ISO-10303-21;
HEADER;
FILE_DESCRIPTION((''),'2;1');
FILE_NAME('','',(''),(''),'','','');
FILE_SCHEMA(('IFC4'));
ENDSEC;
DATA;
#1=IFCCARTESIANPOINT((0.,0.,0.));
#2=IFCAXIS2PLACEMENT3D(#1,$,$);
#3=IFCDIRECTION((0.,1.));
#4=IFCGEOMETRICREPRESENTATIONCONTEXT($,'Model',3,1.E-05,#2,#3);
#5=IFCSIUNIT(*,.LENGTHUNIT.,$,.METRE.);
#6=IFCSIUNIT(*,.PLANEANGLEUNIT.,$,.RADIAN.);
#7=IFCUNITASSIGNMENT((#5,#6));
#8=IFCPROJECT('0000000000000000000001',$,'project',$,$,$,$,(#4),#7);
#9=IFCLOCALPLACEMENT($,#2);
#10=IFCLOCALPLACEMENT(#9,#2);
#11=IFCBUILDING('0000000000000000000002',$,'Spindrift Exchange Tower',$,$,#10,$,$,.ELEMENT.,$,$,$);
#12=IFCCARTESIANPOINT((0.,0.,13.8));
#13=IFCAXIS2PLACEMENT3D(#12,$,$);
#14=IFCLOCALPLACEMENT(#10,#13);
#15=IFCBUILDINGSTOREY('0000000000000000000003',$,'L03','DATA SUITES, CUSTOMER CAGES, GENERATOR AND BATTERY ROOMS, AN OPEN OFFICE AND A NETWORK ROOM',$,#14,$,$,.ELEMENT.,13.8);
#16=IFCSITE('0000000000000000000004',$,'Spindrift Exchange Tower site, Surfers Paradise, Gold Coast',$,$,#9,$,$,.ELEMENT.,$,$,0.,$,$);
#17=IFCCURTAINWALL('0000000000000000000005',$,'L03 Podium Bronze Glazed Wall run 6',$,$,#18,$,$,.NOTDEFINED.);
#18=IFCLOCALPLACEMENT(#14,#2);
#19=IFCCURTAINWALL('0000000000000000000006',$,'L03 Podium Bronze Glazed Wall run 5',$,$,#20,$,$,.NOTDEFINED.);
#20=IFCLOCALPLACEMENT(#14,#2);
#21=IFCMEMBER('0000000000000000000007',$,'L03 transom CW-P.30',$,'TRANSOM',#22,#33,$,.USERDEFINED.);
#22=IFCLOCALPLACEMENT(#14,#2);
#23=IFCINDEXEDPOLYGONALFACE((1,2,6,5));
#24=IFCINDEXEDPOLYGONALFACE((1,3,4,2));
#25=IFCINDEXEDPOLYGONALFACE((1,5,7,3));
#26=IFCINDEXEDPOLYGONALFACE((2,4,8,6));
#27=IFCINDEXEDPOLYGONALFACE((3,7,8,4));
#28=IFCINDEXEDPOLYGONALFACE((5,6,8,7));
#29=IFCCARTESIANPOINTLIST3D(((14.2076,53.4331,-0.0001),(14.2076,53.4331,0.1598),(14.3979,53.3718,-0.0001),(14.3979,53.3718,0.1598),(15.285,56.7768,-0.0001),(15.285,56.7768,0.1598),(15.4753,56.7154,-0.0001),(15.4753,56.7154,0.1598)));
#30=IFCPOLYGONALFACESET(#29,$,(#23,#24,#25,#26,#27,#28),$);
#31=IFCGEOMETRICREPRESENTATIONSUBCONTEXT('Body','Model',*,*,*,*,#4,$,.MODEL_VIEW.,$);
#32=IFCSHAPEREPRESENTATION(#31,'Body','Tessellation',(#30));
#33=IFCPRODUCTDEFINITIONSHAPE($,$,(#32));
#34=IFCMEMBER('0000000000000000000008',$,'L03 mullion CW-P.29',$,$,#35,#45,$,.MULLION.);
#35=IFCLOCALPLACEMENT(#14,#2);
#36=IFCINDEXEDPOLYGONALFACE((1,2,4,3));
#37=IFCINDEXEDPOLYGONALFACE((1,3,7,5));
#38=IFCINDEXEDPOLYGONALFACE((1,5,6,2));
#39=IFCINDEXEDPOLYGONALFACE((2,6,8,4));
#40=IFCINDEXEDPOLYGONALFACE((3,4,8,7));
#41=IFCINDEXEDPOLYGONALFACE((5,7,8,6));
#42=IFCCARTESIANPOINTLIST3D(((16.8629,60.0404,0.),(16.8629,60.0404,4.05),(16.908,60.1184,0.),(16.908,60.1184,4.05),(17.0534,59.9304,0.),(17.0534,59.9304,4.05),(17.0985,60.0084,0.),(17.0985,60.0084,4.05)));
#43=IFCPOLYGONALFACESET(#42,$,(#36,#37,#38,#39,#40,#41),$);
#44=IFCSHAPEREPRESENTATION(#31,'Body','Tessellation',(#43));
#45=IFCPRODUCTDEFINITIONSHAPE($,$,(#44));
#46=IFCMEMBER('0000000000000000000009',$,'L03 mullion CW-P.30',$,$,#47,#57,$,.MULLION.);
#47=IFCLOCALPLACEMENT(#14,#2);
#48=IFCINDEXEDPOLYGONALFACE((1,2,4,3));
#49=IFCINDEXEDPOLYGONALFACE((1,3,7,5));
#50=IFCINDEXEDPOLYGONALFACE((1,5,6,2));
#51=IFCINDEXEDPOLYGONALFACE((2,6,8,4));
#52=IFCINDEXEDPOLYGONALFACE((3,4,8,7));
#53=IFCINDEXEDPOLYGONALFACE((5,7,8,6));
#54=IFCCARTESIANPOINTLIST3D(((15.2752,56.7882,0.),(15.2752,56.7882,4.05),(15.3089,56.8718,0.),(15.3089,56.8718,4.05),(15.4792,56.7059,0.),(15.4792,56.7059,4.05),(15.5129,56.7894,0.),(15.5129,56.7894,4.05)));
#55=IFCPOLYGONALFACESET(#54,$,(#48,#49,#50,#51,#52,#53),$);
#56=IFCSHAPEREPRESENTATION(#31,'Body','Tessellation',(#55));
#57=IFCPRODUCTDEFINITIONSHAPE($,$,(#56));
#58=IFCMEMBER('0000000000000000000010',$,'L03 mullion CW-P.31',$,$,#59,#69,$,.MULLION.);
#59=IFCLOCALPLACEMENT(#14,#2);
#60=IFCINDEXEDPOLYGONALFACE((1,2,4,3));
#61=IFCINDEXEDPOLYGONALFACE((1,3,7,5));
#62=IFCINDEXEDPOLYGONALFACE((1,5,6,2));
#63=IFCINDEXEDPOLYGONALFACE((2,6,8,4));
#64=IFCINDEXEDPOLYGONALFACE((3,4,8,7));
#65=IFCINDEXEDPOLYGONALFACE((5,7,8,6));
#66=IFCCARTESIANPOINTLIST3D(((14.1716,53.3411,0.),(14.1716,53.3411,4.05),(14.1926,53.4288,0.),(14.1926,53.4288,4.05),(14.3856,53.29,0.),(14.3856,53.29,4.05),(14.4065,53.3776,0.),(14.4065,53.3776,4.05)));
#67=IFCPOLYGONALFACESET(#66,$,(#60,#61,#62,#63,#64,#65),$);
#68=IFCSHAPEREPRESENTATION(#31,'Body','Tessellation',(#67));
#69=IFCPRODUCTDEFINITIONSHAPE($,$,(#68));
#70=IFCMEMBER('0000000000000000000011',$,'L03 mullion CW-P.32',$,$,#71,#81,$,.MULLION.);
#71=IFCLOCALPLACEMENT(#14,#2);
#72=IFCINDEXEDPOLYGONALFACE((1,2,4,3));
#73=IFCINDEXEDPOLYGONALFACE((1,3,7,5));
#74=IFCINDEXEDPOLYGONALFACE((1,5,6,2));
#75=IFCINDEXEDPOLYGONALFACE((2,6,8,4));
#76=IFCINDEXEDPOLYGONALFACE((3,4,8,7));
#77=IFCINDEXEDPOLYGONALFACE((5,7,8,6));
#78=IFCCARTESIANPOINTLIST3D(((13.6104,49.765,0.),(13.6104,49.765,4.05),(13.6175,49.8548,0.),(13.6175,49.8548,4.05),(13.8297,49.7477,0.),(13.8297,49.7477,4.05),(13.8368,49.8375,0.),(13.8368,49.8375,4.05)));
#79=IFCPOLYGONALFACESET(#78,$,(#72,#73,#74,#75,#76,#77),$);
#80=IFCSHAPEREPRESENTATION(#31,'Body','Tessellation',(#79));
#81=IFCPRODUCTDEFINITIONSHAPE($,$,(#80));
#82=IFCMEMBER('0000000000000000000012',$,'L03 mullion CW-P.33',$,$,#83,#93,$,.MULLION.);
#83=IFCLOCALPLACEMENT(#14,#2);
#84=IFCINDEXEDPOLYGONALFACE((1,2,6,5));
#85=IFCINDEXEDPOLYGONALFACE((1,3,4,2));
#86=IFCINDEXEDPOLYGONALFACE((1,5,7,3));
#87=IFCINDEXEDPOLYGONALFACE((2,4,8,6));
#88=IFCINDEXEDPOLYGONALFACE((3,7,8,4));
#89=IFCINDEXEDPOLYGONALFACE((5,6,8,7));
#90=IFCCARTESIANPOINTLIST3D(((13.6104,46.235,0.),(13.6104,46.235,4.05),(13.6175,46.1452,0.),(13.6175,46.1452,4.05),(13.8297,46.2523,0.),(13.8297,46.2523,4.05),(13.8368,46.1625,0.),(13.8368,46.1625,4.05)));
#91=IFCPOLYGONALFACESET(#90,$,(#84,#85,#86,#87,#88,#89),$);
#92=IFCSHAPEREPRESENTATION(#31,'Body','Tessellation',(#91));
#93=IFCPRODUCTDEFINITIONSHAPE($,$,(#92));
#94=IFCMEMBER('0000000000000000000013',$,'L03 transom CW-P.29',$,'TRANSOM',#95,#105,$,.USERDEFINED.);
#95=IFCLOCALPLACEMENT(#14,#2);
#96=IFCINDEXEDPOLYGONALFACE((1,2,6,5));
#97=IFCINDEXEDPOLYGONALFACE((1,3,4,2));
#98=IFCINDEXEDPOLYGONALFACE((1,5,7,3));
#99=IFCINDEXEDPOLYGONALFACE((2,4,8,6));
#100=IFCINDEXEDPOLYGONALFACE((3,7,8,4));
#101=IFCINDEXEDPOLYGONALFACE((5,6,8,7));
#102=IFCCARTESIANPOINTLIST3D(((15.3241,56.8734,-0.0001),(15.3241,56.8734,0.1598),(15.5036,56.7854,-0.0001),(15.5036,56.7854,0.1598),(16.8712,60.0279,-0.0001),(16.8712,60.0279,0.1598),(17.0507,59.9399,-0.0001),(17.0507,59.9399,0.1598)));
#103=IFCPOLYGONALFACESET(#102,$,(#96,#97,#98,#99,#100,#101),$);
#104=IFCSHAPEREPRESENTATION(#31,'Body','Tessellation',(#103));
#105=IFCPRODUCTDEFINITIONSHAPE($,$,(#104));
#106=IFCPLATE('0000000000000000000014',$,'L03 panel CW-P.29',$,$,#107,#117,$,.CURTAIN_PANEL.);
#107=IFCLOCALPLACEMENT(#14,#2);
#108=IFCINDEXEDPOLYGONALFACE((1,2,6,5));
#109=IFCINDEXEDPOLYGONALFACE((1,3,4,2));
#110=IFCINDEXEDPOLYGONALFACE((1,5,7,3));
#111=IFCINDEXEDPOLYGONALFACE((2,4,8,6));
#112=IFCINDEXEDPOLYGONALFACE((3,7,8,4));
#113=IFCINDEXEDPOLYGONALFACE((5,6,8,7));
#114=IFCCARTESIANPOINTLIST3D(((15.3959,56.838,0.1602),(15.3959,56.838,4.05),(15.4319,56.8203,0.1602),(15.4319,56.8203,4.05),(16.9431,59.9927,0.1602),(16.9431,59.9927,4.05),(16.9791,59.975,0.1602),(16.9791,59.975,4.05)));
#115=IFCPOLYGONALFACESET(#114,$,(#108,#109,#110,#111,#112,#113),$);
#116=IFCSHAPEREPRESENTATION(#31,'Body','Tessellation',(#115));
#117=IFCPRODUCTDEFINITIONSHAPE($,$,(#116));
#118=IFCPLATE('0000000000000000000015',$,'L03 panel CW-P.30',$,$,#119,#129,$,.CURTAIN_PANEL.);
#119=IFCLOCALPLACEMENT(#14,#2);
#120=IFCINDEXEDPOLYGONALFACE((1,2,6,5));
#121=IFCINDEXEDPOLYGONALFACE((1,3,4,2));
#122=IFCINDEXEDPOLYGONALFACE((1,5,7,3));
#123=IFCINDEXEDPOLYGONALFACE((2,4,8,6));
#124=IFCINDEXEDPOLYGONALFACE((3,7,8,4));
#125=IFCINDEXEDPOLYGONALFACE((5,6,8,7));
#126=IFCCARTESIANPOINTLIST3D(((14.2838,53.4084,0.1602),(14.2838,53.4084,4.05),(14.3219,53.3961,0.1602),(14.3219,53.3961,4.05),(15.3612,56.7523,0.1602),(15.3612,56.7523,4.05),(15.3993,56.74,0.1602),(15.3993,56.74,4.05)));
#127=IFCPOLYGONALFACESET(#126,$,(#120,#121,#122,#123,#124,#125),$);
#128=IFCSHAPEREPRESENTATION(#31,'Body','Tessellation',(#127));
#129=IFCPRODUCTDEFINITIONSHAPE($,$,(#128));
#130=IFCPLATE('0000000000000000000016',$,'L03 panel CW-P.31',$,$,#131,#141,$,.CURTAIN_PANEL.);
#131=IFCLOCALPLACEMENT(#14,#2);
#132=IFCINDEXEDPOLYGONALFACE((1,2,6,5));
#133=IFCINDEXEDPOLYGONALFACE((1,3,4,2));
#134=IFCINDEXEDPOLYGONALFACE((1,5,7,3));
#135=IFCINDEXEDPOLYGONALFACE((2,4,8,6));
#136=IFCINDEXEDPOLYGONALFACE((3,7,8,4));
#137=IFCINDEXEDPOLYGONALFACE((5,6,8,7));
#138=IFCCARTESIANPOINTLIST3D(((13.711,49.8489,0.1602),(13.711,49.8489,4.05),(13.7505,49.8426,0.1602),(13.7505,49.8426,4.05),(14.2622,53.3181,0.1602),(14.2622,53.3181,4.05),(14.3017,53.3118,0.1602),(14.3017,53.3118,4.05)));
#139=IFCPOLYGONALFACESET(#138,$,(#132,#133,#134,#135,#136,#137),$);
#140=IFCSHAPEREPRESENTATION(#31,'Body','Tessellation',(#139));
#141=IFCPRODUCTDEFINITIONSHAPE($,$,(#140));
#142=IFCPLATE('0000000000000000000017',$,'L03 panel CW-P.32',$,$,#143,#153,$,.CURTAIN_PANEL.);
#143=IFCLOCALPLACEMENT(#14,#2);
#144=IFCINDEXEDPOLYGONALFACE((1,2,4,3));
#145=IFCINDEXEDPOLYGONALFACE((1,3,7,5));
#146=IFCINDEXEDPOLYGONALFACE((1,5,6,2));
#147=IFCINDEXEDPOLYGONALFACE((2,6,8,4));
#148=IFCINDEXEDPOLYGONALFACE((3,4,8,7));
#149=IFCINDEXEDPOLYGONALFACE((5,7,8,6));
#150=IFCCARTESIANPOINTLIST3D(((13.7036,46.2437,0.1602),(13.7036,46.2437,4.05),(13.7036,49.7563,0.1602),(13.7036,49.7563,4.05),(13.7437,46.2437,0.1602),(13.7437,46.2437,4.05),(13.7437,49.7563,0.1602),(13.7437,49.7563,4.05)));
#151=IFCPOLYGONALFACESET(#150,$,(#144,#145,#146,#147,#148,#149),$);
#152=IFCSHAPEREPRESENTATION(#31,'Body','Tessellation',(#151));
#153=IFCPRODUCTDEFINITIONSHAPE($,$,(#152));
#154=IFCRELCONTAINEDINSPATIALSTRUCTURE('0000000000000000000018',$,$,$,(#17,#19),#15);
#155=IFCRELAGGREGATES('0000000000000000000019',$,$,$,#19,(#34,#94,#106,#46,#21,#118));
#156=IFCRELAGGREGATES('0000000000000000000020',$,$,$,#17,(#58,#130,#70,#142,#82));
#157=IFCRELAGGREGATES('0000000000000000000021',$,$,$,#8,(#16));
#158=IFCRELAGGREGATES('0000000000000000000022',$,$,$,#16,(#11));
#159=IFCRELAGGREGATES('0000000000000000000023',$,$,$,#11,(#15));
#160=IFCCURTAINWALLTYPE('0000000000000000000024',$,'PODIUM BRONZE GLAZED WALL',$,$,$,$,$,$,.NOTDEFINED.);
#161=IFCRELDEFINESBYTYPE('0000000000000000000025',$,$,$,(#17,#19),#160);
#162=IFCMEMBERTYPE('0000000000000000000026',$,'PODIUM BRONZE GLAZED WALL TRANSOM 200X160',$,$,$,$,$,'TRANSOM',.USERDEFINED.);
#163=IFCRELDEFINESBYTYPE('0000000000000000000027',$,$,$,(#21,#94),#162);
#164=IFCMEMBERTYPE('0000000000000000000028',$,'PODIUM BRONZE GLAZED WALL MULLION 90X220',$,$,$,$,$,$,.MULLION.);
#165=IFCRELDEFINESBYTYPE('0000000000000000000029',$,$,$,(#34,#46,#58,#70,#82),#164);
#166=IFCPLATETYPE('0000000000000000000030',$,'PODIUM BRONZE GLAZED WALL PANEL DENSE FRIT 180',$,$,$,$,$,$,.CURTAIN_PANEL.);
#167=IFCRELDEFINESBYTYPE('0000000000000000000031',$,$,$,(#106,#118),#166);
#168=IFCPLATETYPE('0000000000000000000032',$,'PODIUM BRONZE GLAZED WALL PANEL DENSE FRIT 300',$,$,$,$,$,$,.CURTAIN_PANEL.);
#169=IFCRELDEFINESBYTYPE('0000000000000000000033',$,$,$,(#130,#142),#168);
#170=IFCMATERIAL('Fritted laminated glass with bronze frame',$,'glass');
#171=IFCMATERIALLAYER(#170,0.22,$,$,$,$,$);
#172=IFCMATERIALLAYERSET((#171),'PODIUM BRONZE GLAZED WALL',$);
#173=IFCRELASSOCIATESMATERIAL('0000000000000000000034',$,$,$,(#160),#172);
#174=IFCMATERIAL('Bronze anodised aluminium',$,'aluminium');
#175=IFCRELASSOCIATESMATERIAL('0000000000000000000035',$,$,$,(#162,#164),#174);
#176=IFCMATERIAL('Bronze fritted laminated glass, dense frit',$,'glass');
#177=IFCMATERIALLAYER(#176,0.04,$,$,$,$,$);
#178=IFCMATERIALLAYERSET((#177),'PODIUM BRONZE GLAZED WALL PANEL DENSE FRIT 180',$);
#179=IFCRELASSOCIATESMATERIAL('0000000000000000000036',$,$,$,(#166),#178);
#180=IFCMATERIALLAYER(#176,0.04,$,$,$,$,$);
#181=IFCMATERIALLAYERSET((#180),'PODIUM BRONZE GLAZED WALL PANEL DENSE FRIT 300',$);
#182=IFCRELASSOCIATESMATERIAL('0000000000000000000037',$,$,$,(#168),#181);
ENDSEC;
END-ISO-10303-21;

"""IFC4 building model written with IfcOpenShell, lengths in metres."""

from ifc_helpers import new_model, si_unit, direction, frame, origin, origin_2d, place, context, subcontext, project, spatial, rectangle, extrude, source, transform, mapped, material, layer, layer_set, material_profile, profile_set, type_object, element, aggregate, save


model = new_model("IFC4")

# Units and contexts
model_context = context("Model", 3, precision=1e-05, world=origin(), true_north=direction((0.0, 1.0)))
body_context = subcontext(model_context, "Body", "Model", "MODEL_VIEW")
ifc_project = project(units=[si_unit("LENGTHUNIT", "METRE"), si_unit("PLANEANGLEUNIT", "RADIAN")], contexts=[model_context])

# Site, building, storey
site_placement = place(None, origin())
site = spatial("IfcSite", under=ifc_project, at=site_placement, Name="Spindrift Exchange Tower site, Surfers Paradise, Gold Coast", CompositionType="ELEMENT", RefElevation=0.0)
building_placement = place(site_placement, origin())
building = spatial("IfcBuilding", under=site, at=building_placement, Name="Spindrift Exchange Tower", CompositionType="ELEMENT")
storey_placement = place(building_placement, frame((0.0, 0.0, 13.8)))
storey = spatial("IfcBuildingStorey", under=building, at=storey_placement, Name="L03", Description="DATA SUITES, CUSTOMER CAGES, GENERATOR AND BATTERY ROOMS, AN OPEN OFFICE AND A NETWORK ROOM", CompositionType="ELEMENT", Elevation=13.8)

# Curtain walls, members
ifc_material_1 = material(Name="Fritted laminated glass with bronze frame", Category="glass")
ifc_layer_1 = layer(ifc_material_1, 0.22)
ifc_layer_set_1 = layer_set([ifc_layer_1], Name="PODIUM BRONZE GLAZED WALL")
curtain_wall_type = type_object("IfcCurtainWallType", Name="PODIUM BRONZE GLAZED WALL", PredefinedType="NOTDEFINED", material=ifc_layer_set_1)
curtain_wall_1_placement = place(storey_placement, origin())
curtain_wall_1 = element("IfcCurtainWall", 1, at=curtain_wall_1_placement, inside=storey, type_object=curtain_wall_type, Name="L03 Podium Bronze Glazed Wall run 6", PredefinedType="NOTDEFINED")
ifc_material_2 = material(Name="Bronze anodised aluminium", Category="aluminium")
ifc_material_profile_1 = material_profile(ifc_material_2, rectangle(XDim=0.2, YDim=0.1599, at=origin_2d()), Name="PODIUM BRONZE GLAZED WALL TRANSOM 200X160")
ifc_profile_set_1 = profile_set([ifc_material_profile_1], Name="Bronze anodised aluminium")
member_type_1 = type_object("IfcMemberType", Name="PODIUM BRONZE GLAZED WALL TRANSOM 200X160", ElementType="TRANSOM", PredefinedType="USERDEFINED", material=ifc_profile_set_1)
curtain_wall_2_placement = place(storey_placement, origin())
curtain_wall_2 = element("IfcCurtainWall", 2, at=curtain_wall_2_placement, inside=storey, type_object=curtain_wall_type, Name="L03 Podium Bronze Glazed Wall run 5", PredefinedType="NOTDEFINED")
shared_shape_1 = source(origin(), body_context, "Body", "SweptSolid", [
    extrude(rectangle(XDim=0.2, YDim=0.1599, at=origin_2d()), origin(), (0.0, 0.0, 1.0), 3.5129),
])
member_1_placement = place(storey_placement, frame((15.3801, 56.7461, 0.0798), z_axis=(-0.306684, -0.951811, 0.0), x_axis=(0.951811, -0.306684, 0.0)))
member_1 = element("IfcMember", 3, at=member_1_placement, type_object=member_type_1, Name="L03 transom CW-P.30", ObjectType="TRANSOM", PredefinedType="USERDEFINED", context=body_context, shape_type="MappedRepresentation", body=[
    mapped(shared_shape_1, transform((0.0, 0.0, 0.0), scale=1.0)),
])
ifc_material_profile_2 = material_profile(ifc_material_2, rectangle(XDim=0.0901, YDim=0.22, at=origin_2d()), Name="PODIUM BRONZE GLAZED WALL MULLION 90X220")
ifc_profile_set_2 = profile_set([ifc_material_profile_2], Name="Bronze anodised aluminium")
member_type_2 = type_object("IfcMemberType", Name="PODIUM BRONZE GLAZED WALL MULLION 90X220", PredefinedType="MULLION", material=ifc_profile_set_2)
shared_shape_2 = source(origin(), body_context, "Body", "SweptSolid", [
    extrude(rectangle(XDim=0.0901, YDim=0.22, at=origin_2d()), origin(), (0.0, 0.0, 1.0), 4.05),
])
member_2_placement = place(storey_placement, frame((16.9807, 60.0244, 0.0), z_axis=(0.0, 0.0, 1.0), x_axis=(-0.5003, -0.865852, 0.0)))
member_2 = element("IfcMember", 4, at=member_2_placement, type_object=member_type_2, Name="L03 mullion CW-P.29", PredefinedType="MULLION", context=body_context, shape_type="MappedRepresentation", body=[
    mapped(shared_shape_2, transform((0.0, 0.0, 0.0), scale=1.0)),
])
member_3_placement = place(storey_placement, frame((15.394, 56.7888, 0.0), z_axis=(0.0, 0.0, 1.0), x_axis=(-0.374483, -0.927234, 0.0)))
member_3 = element("IfcMember", 5, at=member_3_placement, type_object=member_type_2, Name="L03 mullion CW-P.30", PredefinedType="MULLION", context=body_context, shape_type="MappedRepresentation", body=[
    mapped(shared_shape_2, transform((0.0, 0.0, 0.0), scale=1.0)),
])

# Members
member_4_placement = place(storey_placement, frame((14.2891, 53.3594, 0.0), z_axis=(0.0, 0.0, 1.0), x_axis=(-0.232484, -0.9726, 0.0)))
member_4 = element("IfcMember", 6, at=member_4_placement, type_object=member_type_2, Name="L03 mullion CW-P.31", PredefinedType="MULLION", context=body_context, shape_type="MappedRepresentation", body=[
    mapped(shared_shape_2, transform((0.0, 0.0, 0.0), scale=1.0)),
])
member_5_placement = place(storey_placement, frame((13.7236, 49.8013, 0.0), z_axis=(0.0, 0.0, 1.0), x_axis=(-0.078699, -0.996898, 0.0)))
member_5 = element("IfcMember", 7, at=member_5_placement, type_object=member_type_2, Name="L03 mullion CW-P.32", PredefinedType="MULLION", context=body_context, shape_type="MappedRepresentation", body=[
    mapped(shared_shape_2, transform((0.0, 0.0, 0.0), scale=1.0)),
])
member_6_placement = place(storey_placement, frame((13.7236, 46.1987, 0.0), z_axis=(0.0, 0.0, 1.0), x_axis=(0.078699, -0.996898, 0.0)))
member_6 = element("IfcMember", 8, at=member_6_placement, type_object=member_type_2, Name="L03 mullion CW-P.33", PredefinedType="MULLION", context=body_context, shape_type="MappedRepresentation", body=[
    mapped(shared_shape_2, transform((0.0, 0.0, 0.0), scale=1.0)),
])
shared_shape_3 = source(origin(), body_context, "Body", "SweptSolid", [
    extrude(rectangle(XDim=0.2, YDim=0.1599, at=origin_2d()), origin(), (0.0, 0.0, 1.0), 3.5134),
])
member_7_placement = place(storey_placement, frame((16.9609, 59.9839, 0.0798), z_axis=(-0.440335, -0.897833, 0.0), x_axis=(0.897833, -0.440335, 0.0)))
member_7 = element("IfcMember", 9, at=member_7_placement, type_object=member_type_1, Name="L03 transom CW-P.29", ObjectType="TRANSOM", PredefinedType="USERDEFINED", context=body_context, shape_type="MappedRepresentation", body=[
    mapped(shared_shape_3, transform((0.0, 0.0, 0.0), scale=1.0)),
])

# Plates
ifc_material_3 = material(Name="Bronze fritted laminated glass, dense frit", Category="glass")
ifc_layer_2 = layer(ifc_material_3, 0.04)
ifc_layer_set_2 = layer_set([ifc_layer_2], Name="PODIUM BRONZE GLAZED WALL PANEL DENSE FRIT 180")
plate_type_1 = type_object("IfcPlateType", Name="PODIUM BRONZE GLAZED WALL PANEL DENSE FRIT 180", PredefinedType="CURTAIN_PANEL", material=ifc_layer_set_2)
shared_shape_4 = source(origin(), body_context, "Body", "SweptSolid", [
    extrude(rectangle(XDim=3.5137, YDim=0.04, at=origin_2d()), origin(), (0.0, 0.0, 1.0), 3.8899),
])
plate_1_placement = place(storey_placement, frame((16.1875, 58.4065, 0.1602), z_axis=(0.0, 0.0, 1.0), x_axis=(-0.44034, -0.897831, 0.0)))
plate_1 = element("IfcPlate", 10, at=plate_1_placement, type_object=plate_type_1, Name="L03 panel CW-P.29", PredefinedType="CURTAIN_PANEL", context=body_context, shape_type="MappedRepresentation", body=[
    mapped(shared_shape_4, transform((0.0, 0.0, 0.0), scale=1.0)),
])
shared_shape_5 = source(origin(), body_context, "Body", "SweptSolid", [
    extrude(rectangle(XDim=3.5132, YDim=0.04, at=origin_2d()), origin(), (0.0, 0.0, 1.0), 3.8899),
])
plate_2_placement = place(storey_placement, frame((14.8416, 55.0742, 0.1602), z_axis=(0.0, 0.0, 1.0), x_axis=(-0.306679, -0.951813, 0.0)))
plate_2 = element("IfcPlate", 11, at=plate_2_placement, type_object=plate_type_1, Name="L03 panel CW-P.30", PredefinedType="CURTAIN_PANEL", context=body_context, shape_type="MappedRepresentation", body=[
    mapped(shared_shape_5, transform((0.0, 0.0, 0.0), scale=1.0)),
])
aggregate(curtain_wall_2, [member_2, member_7, plate_1, member_3, member_1, plate_2])
ifc_layer_3 = layer(ifc_material_3, 0.04)
ifc_layer_set_3 = layer_set([ifc_layer_3], Name="PODIUM BRONZE GLAZED WALL PANEL DENSE FRIT 300")
plate_type_2 = type_object("IfcPlateType", Name="PODIUM BRONZE GLAZED WALL PANEL DENSE FRIT 300", PredefinedType="CURTAIN_PANEL", material=ifc_layer_set_3)
shared_shape_6 = source(origin(), body_context, "Body", "SweptSolid", [
    extrude(rectangle(XDim=3.5127, YDim=0.04, at=origin_2d()), origin(), (0.0, 0.0, 1.0), 3.8899),
])
plate_3_placement = place(storey_placement, frame((14.0063, 51.5803, 0.1602), z_axis=(0.0, 0.0, 1.0), x_axis=(-0.156909, -0.987613, 0.0)))
plate_3 = element("IfcPlate", 12, at=plate_3_placement, type_object=plate_type_2, Name="L03 panel CW-P.31", PredefinedType="CURTAIN_PANEL", context=body_context, shape_type="MappedRepresentation", body=[
    mapped(shared_shape_6, transform((0.0, 0.0, 0.0), scale=1.0)),
])
plate_4_placement = place(storey_placement, frame((13.7236, 48.0, 0.1602), z_axis=(0.0, 0.0, 1.0), x_axis=(0.0, -1.0, 0.0)))
plate_4 = element("IfcPlate", 13, at=plate_4_placement, type_object=plate_type_2, Name="L03 panel CW-P.32", PredefinedType="CURTAIN_PANEL", context=body_context, shape_type="MappedRepresentation", body=[
    mapped(shared_shape_6, transform((0.0, 0.0, 0.0), scale=1.0)),
])
aggregate(curtain_wall_1, [member_4, plate_3, member_5, plate_4, member_6])

save(model, "model.ifc")
